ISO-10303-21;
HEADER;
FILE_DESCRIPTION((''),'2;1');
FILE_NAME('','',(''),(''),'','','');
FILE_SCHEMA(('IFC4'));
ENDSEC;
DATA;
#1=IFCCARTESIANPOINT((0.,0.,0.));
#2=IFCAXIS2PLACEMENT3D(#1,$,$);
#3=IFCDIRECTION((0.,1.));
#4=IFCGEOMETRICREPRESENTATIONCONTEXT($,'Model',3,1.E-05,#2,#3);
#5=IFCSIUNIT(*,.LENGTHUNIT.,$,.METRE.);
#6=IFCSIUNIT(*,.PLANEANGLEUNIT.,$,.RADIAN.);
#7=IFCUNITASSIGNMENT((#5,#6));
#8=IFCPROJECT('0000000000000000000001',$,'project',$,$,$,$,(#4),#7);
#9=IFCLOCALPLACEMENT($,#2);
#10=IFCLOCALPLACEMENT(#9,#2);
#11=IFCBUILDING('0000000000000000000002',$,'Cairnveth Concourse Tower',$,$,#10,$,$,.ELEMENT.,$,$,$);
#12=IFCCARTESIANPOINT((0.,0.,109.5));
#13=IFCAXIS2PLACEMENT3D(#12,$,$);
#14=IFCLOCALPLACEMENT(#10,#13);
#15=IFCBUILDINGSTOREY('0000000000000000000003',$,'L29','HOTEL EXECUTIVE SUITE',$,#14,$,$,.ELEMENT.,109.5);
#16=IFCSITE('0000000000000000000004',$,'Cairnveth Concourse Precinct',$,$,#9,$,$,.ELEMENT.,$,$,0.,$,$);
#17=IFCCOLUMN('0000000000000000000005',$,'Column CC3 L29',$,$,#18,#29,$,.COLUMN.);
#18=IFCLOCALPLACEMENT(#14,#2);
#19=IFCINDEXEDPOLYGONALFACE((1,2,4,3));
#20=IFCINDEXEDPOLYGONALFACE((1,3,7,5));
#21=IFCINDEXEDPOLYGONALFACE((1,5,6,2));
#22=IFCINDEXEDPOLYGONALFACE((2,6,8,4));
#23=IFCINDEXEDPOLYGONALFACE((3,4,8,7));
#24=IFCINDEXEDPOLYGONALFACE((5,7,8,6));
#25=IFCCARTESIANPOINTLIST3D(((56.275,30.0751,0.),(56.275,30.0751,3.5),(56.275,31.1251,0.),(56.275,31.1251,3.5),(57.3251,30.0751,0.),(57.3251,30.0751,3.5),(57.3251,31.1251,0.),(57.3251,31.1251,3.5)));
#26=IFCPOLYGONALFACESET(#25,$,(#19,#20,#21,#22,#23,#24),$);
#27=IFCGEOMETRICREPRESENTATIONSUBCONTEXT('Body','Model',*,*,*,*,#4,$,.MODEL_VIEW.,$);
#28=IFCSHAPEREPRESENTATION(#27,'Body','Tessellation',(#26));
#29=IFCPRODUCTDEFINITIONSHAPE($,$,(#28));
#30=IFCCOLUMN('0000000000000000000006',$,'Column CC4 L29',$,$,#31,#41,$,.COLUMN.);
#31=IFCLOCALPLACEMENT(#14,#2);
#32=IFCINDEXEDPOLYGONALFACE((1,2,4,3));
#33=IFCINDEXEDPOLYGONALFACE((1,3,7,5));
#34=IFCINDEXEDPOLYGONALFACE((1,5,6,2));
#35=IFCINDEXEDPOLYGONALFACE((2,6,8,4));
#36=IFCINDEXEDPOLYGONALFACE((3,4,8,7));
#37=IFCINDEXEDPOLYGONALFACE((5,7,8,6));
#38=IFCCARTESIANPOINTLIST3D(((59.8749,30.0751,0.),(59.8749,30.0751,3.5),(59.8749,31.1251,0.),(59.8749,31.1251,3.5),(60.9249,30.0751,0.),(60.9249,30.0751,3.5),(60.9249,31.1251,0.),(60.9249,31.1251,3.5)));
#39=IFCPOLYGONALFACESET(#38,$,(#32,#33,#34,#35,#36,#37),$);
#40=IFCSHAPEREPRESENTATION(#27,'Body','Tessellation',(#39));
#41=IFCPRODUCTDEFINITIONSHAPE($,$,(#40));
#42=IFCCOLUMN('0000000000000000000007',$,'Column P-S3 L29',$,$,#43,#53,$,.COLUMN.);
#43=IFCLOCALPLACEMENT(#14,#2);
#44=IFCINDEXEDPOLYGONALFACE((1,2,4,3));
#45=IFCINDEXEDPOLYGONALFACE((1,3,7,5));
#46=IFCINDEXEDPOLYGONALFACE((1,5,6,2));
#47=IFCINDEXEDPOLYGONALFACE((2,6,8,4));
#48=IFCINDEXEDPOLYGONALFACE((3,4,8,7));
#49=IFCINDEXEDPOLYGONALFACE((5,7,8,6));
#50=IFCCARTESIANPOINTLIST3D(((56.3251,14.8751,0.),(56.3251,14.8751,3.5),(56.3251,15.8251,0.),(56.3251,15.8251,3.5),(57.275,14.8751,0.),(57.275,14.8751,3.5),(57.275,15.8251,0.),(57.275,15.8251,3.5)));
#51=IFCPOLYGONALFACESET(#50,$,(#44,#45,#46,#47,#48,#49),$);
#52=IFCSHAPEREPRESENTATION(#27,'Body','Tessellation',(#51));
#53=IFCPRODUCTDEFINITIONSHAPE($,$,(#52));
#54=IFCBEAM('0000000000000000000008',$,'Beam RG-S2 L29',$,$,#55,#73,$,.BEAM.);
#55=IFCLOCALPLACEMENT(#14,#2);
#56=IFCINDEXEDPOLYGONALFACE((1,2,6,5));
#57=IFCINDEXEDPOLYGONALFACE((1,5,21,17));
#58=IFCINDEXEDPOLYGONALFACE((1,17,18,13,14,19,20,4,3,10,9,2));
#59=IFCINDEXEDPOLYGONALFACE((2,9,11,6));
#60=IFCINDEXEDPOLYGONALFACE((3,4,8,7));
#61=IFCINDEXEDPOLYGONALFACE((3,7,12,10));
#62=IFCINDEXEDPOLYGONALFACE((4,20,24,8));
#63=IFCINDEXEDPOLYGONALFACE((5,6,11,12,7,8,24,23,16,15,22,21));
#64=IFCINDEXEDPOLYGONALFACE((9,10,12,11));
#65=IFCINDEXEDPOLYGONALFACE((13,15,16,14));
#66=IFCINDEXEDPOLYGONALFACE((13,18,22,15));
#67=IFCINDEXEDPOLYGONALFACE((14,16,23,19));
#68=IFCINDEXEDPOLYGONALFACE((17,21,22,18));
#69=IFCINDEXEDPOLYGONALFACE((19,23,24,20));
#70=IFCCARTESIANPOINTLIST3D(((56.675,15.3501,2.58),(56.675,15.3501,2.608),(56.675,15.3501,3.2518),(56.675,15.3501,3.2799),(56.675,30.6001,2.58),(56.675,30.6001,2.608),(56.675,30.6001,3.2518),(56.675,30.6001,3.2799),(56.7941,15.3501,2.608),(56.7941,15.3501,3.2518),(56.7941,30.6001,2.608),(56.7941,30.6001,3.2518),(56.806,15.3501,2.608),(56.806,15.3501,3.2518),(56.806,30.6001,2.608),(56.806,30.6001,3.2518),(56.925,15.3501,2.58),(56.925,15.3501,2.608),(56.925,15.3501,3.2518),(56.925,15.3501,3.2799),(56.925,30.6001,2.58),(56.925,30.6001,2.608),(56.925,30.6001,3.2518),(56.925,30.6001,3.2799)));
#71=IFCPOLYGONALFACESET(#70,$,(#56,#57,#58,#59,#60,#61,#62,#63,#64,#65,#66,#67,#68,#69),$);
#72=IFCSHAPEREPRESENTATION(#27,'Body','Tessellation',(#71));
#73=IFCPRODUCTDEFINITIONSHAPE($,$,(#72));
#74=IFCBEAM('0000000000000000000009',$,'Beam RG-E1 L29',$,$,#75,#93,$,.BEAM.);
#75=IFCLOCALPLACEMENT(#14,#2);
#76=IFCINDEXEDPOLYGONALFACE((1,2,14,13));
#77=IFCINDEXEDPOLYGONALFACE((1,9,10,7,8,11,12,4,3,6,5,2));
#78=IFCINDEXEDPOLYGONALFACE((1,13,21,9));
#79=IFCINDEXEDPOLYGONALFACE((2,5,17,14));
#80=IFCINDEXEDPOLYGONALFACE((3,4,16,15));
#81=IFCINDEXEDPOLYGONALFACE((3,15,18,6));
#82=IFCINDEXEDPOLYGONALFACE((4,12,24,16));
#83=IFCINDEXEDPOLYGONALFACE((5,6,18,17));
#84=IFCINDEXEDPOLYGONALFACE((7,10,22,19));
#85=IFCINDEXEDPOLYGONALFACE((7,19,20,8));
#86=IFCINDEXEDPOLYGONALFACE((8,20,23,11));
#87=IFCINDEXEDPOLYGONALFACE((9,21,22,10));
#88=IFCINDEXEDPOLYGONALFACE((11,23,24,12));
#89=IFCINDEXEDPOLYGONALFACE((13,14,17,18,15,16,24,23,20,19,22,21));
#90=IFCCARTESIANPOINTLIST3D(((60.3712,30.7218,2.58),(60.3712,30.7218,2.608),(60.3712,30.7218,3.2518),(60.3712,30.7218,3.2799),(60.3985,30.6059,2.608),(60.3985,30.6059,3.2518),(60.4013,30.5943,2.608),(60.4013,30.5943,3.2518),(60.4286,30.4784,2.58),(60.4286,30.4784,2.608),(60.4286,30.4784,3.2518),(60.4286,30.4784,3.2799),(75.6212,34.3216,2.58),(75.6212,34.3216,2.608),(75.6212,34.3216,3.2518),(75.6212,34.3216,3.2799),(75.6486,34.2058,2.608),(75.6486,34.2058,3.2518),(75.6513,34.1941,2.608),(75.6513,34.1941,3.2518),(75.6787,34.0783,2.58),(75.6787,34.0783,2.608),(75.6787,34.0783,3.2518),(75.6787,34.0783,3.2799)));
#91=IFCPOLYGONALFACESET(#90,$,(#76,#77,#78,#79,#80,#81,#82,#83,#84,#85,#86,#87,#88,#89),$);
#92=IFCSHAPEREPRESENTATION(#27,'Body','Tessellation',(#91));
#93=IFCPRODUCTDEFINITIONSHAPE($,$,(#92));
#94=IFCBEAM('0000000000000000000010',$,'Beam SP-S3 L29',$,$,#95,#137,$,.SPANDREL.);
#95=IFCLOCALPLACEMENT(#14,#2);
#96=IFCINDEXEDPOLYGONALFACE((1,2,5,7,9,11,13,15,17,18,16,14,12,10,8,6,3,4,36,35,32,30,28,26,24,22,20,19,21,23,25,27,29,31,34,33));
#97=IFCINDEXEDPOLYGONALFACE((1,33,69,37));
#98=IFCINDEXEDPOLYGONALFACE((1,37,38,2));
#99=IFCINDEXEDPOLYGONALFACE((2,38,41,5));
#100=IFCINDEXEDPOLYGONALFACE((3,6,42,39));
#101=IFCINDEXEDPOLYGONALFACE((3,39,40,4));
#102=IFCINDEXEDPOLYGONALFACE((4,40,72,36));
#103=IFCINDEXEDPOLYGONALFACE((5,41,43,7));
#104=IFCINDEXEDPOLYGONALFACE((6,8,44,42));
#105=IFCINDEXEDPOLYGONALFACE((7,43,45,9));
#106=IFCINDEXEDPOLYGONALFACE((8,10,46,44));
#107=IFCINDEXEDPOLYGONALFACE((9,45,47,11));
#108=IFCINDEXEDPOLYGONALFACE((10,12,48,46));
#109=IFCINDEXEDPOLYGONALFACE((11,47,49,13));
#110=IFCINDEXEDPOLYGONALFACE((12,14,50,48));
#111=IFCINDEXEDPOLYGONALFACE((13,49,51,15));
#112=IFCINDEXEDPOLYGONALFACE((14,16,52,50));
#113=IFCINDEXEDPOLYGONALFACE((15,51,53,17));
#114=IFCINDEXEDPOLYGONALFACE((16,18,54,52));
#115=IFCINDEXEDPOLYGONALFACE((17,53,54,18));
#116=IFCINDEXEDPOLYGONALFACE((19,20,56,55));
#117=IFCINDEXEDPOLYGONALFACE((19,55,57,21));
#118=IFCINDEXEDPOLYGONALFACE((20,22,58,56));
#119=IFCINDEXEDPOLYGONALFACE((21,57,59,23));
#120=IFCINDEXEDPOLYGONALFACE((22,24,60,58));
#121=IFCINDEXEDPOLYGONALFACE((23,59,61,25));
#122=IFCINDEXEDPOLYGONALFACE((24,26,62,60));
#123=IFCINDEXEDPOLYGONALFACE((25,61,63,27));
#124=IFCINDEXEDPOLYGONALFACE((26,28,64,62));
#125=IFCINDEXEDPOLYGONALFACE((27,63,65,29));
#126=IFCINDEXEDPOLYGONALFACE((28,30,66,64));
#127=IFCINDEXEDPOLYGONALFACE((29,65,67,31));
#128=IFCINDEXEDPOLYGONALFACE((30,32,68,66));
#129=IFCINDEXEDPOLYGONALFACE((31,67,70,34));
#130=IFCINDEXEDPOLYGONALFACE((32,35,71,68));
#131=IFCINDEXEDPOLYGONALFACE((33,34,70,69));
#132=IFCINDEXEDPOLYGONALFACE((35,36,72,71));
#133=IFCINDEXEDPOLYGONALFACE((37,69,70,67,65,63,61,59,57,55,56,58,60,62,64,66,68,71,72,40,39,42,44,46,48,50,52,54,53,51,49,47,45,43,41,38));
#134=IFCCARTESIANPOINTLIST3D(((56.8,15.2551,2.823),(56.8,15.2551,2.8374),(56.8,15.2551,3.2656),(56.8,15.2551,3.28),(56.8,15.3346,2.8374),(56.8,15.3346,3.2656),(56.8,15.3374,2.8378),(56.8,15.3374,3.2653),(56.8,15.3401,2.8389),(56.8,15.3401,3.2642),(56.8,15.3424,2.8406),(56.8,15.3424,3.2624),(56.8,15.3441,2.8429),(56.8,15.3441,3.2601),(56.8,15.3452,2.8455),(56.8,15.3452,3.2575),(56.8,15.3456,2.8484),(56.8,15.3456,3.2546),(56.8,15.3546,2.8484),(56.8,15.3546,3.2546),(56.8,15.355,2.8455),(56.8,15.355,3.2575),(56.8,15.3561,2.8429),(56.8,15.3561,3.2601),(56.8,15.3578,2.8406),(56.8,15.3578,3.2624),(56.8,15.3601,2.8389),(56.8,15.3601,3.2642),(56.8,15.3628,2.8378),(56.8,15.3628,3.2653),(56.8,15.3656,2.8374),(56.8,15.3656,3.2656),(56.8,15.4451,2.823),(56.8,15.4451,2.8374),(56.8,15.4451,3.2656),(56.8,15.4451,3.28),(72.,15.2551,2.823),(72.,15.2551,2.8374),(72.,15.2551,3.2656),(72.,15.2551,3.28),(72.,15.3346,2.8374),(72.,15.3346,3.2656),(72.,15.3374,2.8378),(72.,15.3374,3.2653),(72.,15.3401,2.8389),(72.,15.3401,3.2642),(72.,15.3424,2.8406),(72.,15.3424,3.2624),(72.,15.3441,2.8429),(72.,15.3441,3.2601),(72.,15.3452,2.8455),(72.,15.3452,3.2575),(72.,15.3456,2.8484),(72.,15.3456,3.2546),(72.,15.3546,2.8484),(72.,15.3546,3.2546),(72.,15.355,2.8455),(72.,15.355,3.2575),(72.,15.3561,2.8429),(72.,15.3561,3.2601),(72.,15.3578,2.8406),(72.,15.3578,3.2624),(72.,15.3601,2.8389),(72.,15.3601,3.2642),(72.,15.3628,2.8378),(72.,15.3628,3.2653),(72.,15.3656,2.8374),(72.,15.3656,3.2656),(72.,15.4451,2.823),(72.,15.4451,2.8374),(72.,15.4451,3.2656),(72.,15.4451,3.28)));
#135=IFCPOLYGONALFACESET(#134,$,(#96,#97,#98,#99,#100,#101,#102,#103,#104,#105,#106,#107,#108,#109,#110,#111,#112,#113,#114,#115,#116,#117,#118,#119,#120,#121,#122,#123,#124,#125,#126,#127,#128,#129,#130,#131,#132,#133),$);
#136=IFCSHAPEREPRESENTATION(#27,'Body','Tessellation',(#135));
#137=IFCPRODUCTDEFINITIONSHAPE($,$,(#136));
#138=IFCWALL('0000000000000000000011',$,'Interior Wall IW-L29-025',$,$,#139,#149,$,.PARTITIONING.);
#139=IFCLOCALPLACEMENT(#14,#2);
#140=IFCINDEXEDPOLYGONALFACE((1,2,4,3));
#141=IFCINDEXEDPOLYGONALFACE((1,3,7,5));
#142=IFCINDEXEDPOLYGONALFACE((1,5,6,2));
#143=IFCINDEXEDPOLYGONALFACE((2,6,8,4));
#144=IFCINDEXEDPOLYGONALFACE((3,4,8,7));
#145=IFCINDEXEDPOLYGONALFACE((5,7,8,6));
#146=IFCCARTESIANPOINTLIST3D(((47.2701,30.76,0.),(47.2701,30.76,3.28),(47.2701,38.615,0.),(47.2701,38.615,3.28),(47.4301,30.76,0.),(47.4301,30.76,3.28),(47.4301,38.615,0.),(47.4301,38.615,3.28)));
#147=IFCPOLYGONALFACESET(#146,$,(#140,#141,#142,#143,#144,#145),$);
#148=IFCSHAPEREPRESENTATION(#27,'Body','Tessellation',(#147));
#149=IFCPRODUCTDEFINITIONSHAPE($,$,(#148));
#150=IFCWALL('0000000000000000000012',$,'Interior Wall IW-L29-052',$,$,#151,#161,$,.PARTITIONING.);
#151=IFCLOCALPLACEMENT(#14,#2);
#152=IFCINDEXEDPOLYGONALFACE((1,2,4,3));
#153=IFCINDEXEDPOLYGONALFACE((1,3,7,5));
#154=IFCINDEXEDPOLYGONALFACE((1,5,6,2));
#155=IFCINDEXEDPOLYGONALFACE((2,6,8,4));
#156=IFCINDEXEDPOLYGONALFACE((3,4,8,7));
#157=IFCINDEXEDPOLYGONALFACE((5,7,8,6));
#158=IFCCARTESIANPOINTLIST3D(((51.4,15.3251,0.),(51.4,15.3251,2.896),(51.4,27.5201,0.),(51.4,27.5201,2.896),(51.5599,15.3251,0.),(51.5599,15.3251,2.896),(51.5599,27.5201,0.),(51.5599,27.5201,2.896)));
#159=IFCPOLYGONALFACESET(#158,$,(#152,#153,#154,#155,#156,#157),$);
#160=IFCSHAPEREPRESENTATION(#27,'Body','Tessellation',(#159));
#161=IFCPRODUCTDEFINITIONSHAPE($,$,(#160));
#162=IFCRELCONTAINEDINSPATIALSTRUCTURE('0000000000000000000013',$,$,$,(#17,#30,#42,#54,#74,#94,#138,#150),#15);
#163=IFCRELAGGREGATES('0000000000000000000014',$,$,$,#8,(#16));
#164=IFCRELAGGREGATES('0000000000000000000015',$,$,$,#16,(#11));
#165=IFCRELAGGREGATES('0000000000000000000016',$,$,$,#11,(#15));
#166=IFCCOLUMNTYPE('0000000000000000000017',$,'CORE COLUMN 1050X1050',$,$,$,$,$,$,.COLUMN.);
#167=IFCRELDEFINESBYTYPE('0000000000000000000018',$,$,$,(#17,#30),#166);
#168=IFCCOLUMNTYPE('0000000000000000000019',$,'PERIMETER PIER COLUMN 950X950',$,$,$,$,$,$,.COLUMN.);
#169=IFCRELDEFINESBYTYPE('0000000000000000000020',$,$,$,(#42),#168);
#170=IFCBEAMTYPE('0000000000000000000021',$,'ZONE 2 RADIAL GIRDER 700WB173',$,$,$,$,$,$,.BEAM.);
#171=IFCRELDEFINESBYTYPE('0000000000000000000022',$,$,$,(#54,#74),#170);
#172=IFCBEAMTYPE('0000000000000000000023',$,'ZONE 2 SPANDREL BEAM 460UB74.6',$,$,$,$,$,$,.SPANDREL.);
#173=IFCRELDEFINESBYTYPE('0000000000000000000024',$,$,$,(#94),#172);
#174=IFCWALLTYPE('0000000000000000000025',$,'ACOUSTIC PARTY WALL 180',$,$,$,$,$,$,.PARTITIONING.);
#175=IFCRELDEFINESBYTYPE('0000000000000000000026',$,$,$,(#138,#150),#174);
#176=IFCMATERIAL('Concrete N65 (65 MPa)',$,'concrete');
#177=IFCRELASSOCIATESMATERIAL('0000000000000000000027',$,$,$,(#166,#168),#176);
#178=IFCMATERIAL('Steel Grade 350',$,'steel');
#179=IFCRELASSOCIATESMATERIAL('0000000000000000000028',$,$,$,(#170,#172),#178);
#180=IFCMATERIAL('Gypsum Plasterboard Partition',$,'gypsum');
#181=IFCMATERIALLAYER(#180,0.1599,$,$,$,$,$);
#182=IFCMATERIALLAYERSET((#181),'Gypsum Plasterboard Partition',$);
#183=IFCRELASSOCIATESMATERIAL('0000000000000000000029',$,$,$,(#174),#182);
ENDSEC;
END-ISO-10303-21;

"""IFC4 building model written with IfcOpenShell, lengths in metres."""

from ifc_helpers import new_model, si_unit, direction, frame, frame_2d, origin, origin_2d, place, context, subcontext, project, spatial, rectangle, i_section, extrude, material, layer, layer_set, material_profile, profile_set, type_object, element, save


model = new_model("IFC4")

# Units and contexts
model_context = context("Model", 3, precision=1e-05, world=origin(), true_north=direction((0.0, 1.0)))
body_context = subcontext(model_context, "Body", "Model", "MODEL_VIEW")
ifc_project = project(units=[si_unit("LENGTHUNIT", "METRE"), si_unit("PLANEANGLEUNIT", "RADIAN")], contexts=[model_context])

# Site, building, storey
site_placement = place(None, origin())
site = spatial("IfcSite", under=ifc_project, at=site_placement, Name="Cairnveth Concourse Precinct", CompositionType="ELEMENT", RefElevation=0.0)
building_placement = place(site_placement, origin())
building = spatial("IfcBuilding", under=site, at=building_placement, Name="Cairnveth Concourse Tower", CompositionType="ELEMENT")
storey_placement = place(building_placement, frame((0.0, 0.0, 109.5)))
storey = spatial("IfcBuildingStorey", under=building, at=storey_placement, Name="L29", Description="HOTEL EXECUTIVE SUITE", CompositionType="ELEMENT", Elevation=109.5)

# Columns
ifc_material_1 = material(Name="Concrete N65 (65 MPa)", Category="concrete")
ifc_material_profile_1 = material_profile(ifc_material_1, rectangle(XDim=1.05, YDim=1.05, at=origin_2d()), Name="RC-COL-1050x1050")
ifc_profile_set_1 = profile_set([ifc_material_profile_1], Name="Concrete N65 (65 MPa)")
column_type_1 = type_object("IfcColumnType", Name="CORE COLUMN 1050X1050", PredefinedType="COLUMN", material=ifc_profile_set_1)
for number, where, z_axis, x_axis, name in (
    (1, (56.8, 30.6001, 0.0), (0.0, 0.0, 1.0), (1.0, 0.0, 0.0), "Column CC3 L29"),
    (2, (60.3999, 30.6001, 0.0), (0.0, 0.0, 1.0), (1.0, 0.0, 0.0), "Column CC4 L29"),
):
    element("IfcColumn", number, at=place(storey_placement, frame(where, z_axis=z_axis, x_axis=x_axis)), inside=storey, type_object=column_type_1, Name=name, PredefinedType="COLUMN", context=body_context, shape_type="SweptSolid", body=[
        extrude(rectangle(XDim=1.05, YDim=1.05, at=origin_2d()), origin(), (0.0, 0.0, 1.0), 3.5),
    ])
ifc_material_profile_2 = material_profile(ifc_material_1, rectangle(XDim=0.95, YDim=0.95, at=origin_2d()), Name="RC-COL-950x950")
ifc_profile_set_2 = profile_set([ifc_material_profile_2], Name="Concrete N65 (65 MPa)")
column_type_2 = type_object("IfcColumnType", Name="PERIMETER PIER COLUMN 950X950", PredefinedType="COLUMN", material=ifc_profile_set_2)
column_placement = place(storey_placement, frame((56.8, 15.3501, 0.0), z_axis=(0.0, 0.0, 1.0), x_axis=(1.0, 0.0, 0.0)))
element("IfcColumn", 3, at=column_placement, inside=storey, type_object=column_type_2, Name="Column P-S3 L29", PredefinedType="COLUMN", context=body_context, shape_type="SweptSolid", body=[
    extrude(rectangle(XDim=0.95, YDim=0.95, at=origin_2d()), origin(), (0.0, 0.0, 1.0), 3.5),
])

# Beams
ifc_material_2 = material(Name="Steel Grade 350", Category="steel")
ifc_material_profile_3 = material_profile(ifc_material_2, i_section(OverallWidth=0.25, OverallDepth=0.7, WebThickness=0.012, FlangeThickness=0.0281, at=origin_2d()), Name="700WB173")
ifc_profile_set_3 = profile_set([ifc_material_profile_3], Name="Steel Grade 350")
beam_type_1 = type_object("IfcBeamType", Name="ZONE 2 RADIAL GIRDER 700WB173", PredefinedType="BEAM", material=ifc_profile_set_3)
beam_1_placement = place(storey_placement, frame((56.8, 15.3501, 2.9299), z_axis=(0.0, 1.0, 0.0), x_axis=(-1.0, 0.0, 0.0)))
element("IfcBeam", 4, at=beam_1_placement, inside=storey, type_object=beam_type_1, Name="Beam RG-S2 L29", PredefinedType="BEAM", context=body_context, shape_type="SweptSolid", body=[
    extrude(i_section(OverallWidth=0.25, OverallDepth=0.7, WebThickness=0.012, FlangeThickness=0.0281, at=origin_2d()), origin(), (0.0, 0.0, 1.0), 15.25),
])
beam_2_placement = place(storey_placement, frame((60.3999, 30.6001, 2.9299), z_axis=(0.973252, 0.229742, 0.0), x_axis=(-0.229742, 0.973252, 0.0)))
element("IfcBeam", 5, at=beam_2_placement, inside=storey, type_object=beam_type_1, Name="Beam RG-E1 L29", PredefinedType="BEAM", context=body_context, shape_type="SweptSolid", body=[
    extrude(i_section(OverallWidth=0.25, OverallDepth=0.7, WebThickness=0.012, FlangeThickness=0.0281, at=origin_2d()), origin(), (0.0, 0.0, 1.0), 15.6692),
])
ifc_material_profile_4 = material_profile(ifc_material_2, i_section(OverallWidth=0.1899, OverallDepth=0.457, WebThickness=0.009, FlangeThickness=0.0144, FilletRadius=0.011, at=origin_2d()), Name="460UB74.6")
ifc_profile_set_4 = profile_set([ifc_material_profile_4], Name="Steel Grade 350")
beam_type_2 = type_object("IfcBeamType", Name="ZONE 2 SPANDREL BEAM 460UB74.6", PredefinedType="SPANDREL", material=ifc_profile_set_4)
beam_3_placement = place(storey_placement, frame((56.8, 15.3501, 3.0515), z_axis=(1.0, 0.0, 0.0), x_axis=(0.0, 1.0, 0.0)))
element("IfcBeam", 6, at=beam_3_placement, inside=storey, type_object=beam_type_2, Name="Beam SP-S3 L29", PredefinedType="SPANDREL", context=body_context, shape_type="SweptSolid", body=[
    extrude(i_section(OverallWidth=0.1899, OverallDepth=0.457, WebThickness=0.009, FlangeThickness=0.0144, FilletRadius=0.011, at=origin_2d()), origin(), (0.0, 0.0, 1.0), 15.2),
])

# Walls
ifc_material_3 = material(Name="Gypsum Plasterboard Partition", Category="gypsum")
ifc_layer_1 = layer(ifc_material_3, 0.1599)
ifc_layer_set_1 = layer_set([ifc_layer_1], Name="Gypsum Plasterboard Partition")
wall_type_1 = type_object("IfcWallType", Name="ACOUSTIC PARTY WALL 180", PredefinedType="PARTITIONING", material=ifc_layer_set_1)
wall_1_placement = place(storey_placement, frame((47.3501, 30.76, 0.0), z_axis=(0.0, 0.0, 1.0), x_axis=(0.0, 1.0, 0.0)))
element("IfcWall", 7, at=wall_1_placement, inside=storey, type_object=wall_type_1, Name="Interior Wall IW-L29-025", PredefinedType="PARTITIONING", context=body_context, shape_type="SweptSolid", body=[
    extrude(rectangle(XDim=7.855, YDim=0.1599, at=frame_2d((3.9275, 0.0))), origin(), (0.0, 0.0, 1.0), 3.28),
])
wall_2_placement = place(storey_placement, frame((51.48, 15.325, 0.0), z_axis=(0.0, 0.0, 1.0), x_axis=(0.0, 1.0, 0.0)))
element("IfcWall", 8, at=wall_2_placement, inside=storey, type_object=wall_type_1, Name="Interior Wall IW-L29-052", PredefinedType="PARTITIONING", context=body_context, shape_type="SweptSolid", body=[
    extrude(rectangle(XDim=12.1951, YDim=0.1599, at=frame_2d((6.0977, 0.0))), origin(), (0.0, 0.0, 1.0), 2.896),
])

save(model, "model.ifc")
